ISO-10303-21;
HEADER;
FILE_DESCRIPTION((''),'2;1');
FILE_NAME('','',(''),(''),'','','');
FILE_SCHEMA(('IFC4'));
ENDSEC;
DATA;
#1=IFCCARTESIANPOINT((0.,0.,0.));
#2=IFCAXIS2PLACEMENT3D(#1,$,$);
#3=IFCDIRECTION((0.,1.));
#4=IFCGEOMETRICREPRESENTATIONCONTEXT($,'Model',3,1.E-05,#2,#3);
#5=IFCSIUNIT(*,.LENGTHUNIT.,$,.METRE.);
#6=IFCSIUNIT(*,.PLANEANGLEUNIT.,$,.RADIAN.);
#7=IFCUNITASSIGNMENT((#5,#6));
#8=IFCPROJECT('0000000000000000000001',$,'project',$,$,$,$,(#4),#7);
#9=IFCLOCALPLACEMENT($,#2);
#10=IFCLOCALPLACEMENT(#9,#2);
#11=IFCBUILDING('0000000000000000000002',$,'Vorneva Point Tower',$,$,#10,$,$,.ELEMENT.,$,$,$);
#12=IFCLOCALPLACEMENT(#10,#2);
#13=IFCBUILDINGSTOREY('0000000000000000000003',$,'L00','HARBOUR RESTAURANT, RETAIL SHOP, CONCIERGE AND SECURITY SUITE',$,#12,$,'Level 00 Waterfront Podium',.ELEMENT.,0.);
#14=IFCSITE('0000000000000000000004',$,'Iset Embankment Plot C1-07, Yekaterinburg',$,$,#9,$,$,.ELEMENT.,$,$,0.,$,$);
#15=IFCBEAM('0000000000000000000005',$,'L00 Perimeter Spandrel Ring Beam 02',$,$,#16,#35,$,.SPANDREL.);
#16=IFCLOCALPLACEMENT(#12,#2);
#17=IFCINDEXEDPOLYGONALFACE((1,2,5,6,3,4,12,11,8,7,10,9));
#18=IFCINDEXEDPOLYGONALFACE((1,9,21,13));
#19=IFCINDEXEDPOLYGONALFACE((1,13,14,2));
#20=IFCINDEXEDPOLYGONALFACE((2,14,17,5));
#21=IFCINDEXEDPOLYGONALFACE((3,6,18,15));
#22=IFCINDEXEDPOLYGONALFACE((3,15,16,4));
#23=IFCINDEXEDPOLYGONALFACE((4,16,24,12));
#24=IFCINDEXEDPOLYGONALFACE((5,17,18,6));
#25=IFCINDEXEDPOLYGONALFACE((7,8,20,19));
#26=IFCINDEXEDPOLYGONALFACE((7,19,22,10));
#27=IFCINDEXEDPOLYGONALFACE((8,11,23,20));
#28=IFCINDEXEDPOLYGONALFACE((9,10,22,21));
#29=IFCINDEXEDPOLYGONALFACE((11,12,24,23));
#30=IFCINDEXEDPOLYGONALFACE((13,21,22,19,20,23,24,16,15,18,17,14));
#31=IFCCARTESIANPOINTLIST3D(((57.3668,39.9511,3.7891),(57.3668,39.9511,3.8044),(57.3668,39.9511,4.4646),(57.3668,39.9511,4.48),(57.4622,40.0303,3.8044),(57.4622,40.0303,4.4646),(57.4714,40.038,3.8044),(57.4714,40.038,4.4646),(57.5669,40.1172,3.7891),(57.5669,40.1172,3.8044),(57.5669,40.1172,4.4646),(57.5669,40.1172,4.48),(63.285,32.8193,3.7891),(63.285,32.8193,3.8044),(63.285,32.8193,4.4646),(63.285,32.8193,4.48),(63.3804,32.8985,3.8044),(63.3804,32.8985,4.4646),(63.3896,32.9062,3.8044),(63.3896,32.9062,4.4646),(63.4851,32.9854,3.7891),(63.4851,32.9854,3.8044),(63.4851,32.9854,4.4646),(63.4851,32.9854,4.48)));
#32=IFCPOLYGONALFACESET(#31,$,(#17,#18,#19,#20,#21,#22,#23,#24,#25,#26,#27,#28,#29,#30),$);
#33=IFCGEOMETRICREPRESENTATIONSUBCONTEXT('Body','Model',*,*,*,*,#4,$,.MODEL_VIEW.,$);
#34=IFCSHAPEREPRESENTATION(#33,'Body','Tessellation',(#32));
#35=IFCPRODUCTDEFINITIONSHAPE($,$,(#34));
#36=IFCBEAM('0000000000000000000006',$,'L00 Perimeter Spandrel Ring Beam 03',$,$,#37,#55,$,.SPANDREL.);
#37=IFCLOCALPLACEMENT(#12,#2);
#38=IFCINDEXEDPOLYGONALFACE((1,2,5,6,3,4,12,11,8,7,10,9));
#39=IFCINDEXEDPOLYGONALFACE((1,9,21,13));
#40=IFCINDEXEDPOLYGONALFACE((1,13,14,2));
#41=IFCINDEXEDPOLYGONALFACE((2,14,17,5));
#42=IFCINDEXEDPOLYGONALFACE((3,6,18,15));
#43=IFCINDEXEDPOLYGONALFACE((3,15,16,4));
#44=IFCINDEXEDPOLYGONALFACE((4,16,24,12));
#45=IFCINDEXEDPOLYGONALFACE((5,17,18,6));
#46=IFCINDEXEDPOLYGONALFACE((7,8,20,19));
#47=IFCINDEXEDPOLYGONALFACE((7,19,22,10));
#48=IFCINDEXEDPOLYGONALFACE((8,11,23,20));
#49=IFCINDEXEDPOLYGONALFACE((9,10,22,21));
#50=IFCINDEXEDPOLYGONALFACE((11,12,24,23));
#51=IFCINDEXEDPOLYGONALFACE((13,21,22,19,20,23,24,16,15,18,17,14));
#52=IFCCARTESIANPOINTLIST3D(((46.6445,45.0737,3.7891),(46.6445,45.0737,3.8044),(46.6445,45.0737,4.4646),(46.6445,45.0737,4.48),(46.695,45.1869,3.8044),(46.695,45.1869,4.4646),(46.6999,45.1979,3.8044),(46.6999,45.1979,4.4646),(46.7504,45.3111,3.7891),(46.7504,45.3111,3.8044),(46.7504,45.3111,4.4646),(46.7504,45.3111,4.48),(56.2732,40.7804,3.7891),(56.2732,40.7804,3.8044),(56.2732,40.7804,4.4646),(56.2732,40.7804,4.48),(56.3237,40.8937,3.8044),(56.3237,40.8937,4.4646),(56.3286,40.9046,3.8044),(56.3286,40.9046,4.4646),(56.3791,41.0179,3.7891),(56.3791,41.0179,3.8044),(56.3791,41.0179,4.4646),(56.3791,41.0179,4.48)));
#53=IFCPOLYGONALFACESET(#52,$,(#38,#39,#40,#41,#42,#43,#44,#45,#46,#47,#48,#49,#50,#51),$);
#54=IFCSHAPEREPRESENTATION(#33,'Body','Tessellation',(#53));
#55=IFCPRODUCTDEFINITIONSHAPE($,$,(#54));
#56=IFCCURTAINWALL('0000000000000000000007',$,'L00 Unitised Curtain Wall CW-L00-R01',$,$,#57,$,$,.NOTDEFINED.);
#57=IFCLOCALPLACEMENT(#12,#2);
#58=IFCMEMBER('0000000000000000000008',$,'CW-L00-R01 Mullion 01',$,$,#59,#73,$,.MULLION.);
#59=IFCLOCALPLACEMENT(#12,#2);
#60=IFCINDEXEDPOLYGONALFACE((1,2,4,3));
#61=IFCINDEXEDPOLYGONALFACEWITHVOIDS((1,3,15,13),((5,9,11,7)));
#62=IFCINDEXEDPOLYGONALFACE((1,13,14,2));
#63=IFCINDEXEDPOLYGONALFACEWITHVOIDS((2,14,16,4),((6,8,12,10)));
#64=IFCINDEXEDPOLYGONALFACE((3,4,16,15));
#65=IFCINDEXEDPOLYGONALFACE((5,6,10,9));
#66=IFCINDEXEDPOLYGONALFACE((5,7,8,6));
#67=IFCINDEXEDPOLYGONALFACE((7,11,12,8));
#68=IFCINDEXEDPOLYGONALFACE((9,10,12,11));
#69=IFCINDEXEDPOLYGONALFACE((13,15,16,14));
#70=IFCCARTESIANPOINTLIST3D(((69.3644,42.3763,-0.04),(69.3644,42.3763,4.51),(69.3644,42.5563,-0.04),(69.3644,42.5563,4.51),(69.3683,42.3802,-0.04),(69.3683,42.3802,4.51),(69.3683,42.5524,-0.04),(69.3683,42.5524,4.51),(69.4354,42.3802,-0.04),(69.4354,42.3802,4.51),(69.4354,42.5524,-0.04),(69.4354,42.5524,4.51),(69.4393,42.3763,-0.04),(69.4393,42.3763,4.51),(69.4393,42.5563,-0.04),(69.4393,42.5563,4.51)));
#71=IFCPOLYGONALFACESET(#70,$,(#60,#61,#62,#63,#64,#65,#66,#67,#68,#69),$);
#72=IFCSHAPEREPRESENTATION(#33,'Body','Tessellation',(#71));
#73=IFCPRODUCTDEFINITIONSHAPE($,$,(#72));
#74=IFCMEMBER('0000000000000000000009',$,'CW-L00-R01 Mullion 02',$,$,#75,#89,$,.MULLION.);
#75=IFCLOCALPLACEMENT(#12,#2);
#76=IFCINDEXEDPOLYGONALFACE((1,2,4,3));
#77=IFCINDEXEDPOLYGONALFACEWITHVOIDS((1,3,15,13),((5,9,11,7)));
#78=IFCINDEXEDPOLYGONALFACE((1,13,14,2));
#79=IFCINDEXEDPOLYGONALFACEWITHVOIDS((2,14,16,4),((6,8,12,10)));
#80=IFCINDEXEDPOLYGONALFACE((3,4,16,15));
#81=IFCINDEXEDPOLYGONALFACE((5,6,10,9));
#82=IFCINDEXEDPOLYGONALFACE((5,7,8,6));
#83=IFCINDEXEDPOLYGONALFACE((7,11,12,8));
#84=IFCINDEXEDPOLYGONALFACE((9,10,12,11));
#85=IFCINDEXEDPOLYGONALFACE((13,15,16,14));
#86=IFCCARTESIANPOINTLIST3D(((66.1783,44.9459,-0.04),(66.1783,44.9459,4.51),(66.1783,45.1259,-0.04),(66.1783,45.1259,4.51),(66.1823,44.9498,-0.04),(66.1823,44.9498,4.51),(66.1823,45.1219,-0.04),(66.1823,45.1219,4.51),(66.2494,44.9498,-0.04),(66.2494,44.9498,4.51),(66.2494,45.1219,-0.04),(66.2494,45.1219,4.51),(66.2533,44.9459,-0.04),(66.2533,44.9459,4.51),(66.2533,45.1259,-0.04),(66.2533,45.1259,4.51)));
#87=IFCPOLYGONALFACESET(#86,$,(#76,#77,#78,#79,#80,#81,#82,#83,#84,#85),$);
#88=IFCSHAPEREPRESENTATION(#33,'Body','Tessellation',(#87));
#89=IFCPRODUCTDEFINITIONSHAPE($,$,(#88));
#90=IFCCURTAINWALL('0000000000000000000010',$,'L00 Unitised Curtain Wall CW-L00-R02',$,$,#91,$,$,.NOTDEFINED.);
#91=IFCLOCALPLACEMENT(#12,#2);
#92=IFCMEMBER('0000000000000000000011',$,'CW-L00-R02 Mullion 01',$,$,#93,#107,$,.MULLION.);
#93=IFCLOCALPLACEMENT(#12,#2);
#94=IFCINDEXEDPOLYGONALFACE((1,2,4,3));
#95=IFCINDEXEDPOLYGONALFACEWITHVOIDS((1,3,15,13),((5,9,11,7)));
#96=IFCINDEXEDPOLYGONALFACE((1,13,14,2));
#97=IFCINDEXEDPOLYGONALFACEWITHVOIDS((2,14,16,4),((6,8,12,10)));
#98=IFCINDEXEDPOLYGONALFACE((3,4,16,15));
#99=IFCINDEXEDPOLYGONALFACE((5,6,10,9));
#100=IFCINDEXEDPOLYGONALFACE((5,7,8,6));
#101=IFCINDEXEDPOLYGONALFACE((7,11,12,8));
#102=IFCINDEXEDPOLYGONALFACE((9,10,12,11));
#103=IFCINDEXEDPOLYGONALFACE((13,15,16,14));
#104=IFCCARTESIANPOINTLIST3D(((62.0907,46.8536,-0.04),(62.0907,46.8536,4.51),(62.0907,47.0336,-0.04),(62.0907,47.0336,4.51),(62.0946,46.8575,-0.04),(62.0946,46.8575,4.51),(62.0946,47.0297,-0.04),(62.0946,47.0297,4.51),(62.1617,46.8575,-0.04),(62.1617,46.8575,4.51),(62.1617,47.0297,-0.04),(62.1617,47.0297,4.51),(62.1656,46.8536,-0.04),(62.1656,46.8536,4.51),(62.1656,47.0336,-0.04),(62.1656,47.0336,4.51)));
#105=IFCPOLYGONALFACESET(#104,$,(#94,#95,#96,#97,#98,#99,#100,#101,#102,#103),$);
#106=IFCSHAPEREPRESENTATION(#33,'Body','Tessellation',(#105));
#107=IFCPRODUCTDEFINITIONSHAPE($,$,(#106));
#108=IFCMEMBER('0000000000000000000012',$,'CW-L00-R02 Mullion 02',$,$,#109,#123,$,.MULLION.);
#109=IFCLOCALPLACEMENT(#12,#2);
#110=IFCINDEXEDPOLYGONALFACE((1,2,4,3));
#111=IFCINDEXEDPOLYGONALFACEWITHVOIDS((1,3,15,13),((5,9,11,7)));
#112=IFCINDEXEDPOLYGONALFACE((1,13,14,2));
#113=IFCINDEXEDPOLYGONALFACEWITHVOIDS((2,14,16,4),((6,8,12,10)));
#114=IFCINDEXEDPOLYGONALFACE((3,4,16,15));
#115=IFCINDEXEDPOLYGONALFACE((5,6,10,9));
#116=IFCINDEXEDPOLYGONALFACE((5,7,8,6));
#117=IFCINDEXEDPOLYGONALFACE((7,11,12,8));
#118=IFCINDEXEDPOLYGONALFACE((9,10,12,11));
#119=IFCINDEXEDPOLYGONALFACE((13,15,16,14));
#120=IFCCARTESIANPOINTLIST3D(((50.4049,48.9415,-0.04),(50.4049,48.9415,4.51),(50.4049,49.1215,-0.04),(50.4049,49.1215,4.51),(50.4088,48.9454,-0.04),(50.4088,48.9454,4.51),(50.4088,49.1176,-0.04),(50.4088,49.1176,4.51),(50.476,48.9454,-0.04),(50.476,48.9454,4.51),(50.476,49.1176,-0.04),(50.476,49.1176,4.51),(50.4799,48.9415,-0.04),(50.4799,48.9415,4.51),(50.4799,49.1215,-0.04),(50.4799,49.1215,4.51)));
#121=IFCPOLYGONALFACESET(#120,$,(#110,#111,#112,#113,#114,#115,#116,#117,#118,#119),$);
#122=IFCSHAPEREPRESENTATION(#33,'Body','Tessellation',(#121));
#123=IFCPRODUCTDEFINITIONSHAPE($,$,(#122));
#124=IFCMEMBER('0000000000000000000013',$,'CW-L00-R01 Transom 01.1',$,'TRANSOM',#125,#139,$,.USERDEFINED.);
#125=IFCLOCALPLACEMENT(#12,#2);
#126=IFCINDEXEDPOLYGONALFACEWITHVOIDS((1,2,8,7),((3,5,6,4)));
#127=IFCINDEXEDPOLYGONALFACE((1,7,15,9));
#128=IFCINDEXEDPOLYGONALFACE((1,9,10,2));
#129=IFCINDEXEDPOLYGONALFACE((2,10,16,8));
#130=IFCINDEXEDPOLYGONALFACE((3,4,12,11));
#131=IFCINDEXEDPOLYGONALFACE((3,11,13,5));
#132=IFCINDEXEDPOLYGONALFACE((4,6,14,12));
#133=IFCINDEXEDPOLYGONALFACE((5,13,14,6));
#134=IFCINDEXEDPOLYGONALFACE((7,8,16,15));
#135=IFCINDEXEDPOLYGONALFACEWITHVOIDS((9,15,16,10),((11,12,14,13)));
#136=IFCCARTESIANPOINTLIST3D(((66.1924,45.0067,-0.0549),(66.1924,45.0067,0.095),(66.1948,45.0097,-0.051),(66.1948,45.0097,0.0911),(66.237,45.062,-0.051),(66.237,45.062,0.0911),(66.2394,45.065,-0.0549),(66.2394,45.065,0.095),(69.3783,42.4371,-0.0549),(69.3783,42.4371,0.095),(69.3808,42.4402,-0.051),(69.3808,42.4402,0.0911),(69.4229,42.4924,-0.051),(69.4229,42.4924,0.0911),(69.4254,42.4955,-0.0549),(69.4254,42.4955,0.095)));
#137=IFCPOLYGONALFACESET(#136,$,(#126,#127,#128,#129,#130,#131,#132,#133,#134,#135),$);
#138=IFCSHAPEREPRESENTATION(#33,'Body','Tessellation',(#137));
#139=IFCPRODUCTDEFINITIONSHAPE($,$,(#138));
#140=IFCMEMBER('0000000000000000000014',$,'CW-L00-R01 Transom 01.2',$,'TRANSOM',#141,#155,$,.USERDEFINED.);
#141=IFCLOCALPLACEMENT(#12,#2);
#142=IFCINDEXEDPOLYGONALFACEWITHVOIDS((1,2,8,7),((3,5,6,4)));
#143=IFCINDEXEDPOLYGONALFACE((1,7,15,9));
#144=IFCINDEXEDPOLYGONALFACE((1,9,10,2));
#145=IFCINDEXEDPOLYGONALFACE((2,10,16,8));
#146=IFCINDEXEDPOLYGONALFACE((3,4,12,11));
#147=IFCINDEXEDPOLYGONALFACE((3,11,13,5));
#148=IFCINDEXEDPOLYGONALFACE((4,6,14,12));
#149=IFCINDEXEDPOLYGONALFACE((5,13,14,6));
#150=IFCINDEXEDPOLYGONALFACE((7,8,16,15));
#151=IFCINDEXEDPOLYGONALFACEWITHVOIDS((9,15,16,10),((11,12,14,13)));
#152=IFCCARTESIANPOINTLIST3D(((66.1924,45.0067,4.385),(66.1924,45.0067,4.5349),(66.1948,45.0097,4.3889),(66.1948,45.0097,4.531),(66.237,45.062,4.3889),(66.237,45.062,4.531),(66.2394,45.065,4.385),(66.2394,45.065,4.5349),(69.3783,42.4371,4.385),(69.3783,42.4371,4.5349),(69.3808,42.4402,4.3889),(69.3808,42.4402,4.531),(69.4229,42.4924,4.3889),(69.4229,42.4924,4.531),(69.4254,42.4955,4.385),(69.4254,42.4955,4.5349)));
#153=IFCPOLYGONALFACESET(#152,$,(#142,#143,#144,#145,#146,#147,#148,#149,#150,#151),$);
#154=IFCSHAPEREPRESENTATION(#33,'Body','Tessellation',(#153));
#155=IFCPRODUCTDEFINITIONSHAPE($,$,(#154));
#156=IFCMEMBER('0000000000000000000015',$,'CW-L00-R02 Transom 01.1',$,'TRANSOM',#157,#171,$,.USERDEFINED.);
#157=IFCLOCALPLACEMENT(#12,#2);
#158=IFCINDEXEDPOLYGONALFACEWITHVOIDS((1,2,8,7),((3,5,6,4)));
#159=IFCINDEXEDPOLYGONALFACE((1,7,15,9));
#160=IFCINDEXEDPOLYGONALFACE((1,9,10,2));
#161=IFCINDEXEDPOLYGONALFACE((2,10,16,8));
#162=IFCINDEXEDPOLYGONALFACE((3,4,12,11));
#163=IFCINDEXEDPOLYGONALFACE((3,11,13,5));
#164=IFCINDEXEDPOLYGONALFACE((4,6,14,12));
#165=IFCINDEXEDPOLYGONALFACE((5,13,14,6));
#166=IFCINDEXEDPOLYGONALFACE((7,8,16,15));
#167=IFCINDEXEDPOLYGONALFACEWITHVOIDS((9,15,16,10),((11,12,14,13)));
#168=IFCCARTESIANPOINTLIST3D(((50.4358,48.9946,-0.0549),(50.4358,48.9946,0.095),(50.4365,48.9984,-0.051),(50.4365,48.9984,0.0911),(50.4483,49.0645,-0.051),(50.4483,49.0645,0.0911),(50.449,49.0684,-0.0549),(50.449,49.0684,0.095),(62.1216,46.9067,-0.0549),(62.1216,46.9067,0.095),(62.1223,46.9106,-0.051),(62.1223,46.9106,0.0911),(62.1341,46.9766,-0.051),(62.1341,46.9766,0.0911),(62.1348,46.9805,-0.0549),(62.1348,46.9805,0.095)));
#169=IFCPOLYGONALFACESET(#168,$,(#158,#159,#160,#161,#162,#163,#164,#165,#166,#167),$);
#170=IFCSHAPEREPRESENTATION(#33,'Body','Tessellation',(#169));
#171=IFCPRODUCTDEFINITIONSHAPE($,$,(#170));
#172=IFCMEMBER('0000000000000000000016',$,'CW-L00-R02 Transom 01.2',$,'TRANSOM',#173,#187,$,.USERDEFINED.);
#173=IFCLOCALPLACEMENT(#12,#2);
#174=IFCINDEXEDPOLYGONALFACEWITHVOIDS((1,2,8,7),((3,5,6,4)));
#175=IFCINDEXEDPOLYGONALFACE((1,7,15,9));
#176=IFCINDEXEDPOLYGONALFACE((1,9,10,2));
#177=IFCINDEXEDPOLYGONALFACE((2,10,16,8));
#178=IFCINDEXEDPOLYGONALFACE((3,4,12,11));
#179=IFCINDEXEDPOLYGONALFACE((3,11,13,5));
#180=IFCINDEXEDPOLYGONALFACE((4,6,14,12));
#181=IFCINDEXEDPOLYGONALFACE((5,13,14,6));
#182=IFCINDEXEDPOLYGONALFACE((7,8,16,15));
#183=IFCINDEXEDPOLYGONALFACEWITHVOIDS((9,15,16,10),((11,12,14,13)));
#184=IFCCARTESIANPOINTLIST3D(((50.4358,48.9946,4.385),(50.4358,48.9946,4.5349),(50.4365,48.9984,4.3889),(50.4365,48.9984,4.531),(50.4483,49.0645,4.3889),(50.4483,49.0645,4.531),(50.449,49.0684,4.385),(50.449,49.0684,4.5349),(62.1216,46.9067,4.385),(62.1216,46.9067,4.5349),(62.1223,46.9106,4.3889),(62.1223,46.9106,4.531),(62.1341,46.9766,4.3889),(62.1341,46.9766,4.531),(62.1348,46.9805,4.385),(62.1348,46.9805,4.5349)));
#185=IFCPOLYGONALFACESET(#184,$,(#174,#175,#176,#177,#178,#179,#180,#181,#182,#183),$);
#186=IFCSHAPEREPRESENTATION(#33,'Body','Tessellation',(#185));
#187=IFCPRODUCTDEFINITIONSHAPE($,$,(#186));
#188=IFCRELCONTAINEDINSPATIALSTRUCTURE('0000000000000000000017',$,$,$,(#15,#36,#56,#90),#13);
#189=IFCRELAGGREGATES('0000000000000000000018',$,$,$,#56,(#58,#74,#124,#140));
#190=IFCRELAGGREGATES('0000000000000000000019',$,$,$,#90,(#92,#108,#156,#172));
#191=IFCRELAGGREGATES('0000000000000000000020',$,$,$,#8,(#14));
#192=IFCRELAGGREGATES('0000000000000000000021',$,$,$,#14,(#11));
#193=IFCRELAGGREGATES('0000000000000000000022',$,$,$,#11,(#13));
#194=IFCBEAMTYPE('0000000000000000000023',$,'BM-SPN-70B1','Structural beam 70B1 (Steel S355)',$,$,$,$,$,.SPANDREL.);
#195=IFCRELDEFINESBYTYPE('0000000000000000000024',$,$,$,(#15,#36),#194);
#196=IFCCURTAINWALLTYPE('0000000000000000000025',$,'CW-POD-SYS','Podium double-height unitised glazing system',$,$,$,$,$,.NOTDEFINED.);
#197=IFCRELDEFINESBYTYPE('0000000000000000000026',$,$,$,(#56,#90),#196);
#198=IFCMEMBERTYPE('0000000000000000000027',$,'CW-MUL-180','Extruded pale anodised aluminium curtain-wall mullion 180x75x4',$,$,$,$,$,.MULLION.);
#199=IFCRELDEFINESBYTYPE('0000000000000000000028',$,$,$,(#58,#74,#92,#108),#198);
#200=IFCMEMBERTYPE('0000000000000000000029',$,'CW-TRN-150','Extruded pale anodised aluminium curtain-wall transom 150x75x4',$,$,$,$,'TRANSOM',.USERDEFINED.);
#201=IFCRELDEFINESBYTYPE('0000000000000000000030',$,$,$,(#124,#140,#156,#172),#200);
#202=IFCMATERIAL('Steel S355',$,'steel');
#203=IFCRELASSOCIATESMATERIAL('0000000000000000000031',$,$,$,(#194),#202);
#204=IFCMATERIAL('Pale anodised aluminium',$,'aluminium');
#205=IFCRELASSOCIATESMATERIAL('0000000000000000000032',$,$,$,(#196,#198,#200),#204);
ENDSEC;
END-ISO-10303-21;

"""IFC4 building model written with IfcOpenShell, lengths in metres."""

from ifc_helpers import new_model, si_unit, direction, frame, origin, origin_2d, place, context, subcontext, project, spatial, hollow_rectangle, i_section, extrude, material, material_profile, profile_set, type_object, element, aggregate, save


model = new_model("IFC4")

# Units and contexts
model_context = context("Model", 3, precision=1e-05, world=origin(), true_north=direction((0.0, 1.0)))
body_context = subcontext(model_context, "Body", "Model", "MODEL_VIEW")
ifc_project = project(units=[si_unit("LENGTHUNIT", "METRE"), si_unit("PLANEANGLEUNIT", "RADIAN")], contexts=[model_context])

# Site, building, storey
site_placement = place(None, origin())
site = spatial("IfcSite", under=ifc_project, at=site_placement, Name="Iset Embankment Plot C1-07, Yekaterinburg", CompositionType="ELEMENT", RefElevation=0.0)
building_placement = place(site_placement, origin())
building = spatial("IfcBuilding", under=site, at=building_placement, Name="Vorneva Point Tower", CompositionType="ELEMENT")
storey_placement = place(building_placement, origin())
storey = spatial("IfcBuildingStorey", under=building, at=storey_placement, Name="L00", Description="HARBOUR RESTAURANT, RETAIL SHOP, CONCIERGE AND SECURITY SUITE", LongName="Level 00 Waterfront Podium", CompositionType="ELEMENT", Elevation=0.0)

# Beams
ifc_material_1 = material(Name="Steel S355", Category="steel")
ifc_material_profile_1 = material_profile(ifc_material_1, i_section(OverallWidth=0.26, OverallDepth=0.6909, WebThickness=0.012, FlangeThickness=0.0154, at=origin_2d()), Name="70B1")
ifc_profile_set_1 = profile_set([ifc_material_profile_1], Name="Steel S355")
beam_type_1 = type_object("IfcBeamType", Name="BM-SPN-70B1", Description="Structural beam 70B1 (Steel S355)", PredefinedType="SPANDREL", material=ifc_profile_set_1)
beam_1_placement = place(storey_placement, frame((63.385, 32.9023, 4.1345), z_axis=(-0.638592, 0.769545, 0.0), x_axis=(-0.769545, -0.638592, 0.0)))
element("IfcBeam", 1, at=beam_1_placement, inside=storey, type_object=beam_type_1, Name="L00 Perimeter Spandrel Ring Beam 02", PredefinedType="SPANDREL", context=body_context, shape_type="SweptSolid", body=[
    extrude(i_section(OverallWidth=0.26, OverallDepth=0.6909, WebThickness=0.012, FlangeThickness=0.0154, at=origin_2d()), origin(), (0.0, 0.0, 1.0), 9.2676),
])
beam_2_placement = place(storey_placement, frame((56.3262, 40.8992, 4.1345), z_axis=(-0.913325, 0.407232, 0.0), x_axis=(-0.407232, -0.913325, 0.0)))
element("IfcBeam", 2, at=beam_2_placement, inside=storey, type_object=beam_type_1, Name="L00 Perimeter Spandrel Ring Beam 03", PredefinedType="SPANDREL", context=body_context, shape_type="SweptSolid", body=[
    extrude(i_section(OverallWidth=0.26, OverallDepth=0.6909, WebThickness=0.012, FlangeThickness=0.0154, at=origin_2d()), origin(), (0.0, 0.0, 1.0), 10.5425),
])

# Curtain walls, members
ifc_material_2 = material(Name="Pale anodised aluminium", Category="aluminium")
curtain_wall_type = type_object("IfcCurtainWallType", Name="CW-POD-SYS", Description="Podium double-height unitised glazing system", PredefinedType="NOTDEFINED", material=ifc_material_2)
curtain_wall_1_placement = place(storey_placement, origin())
curtain_wall_1 = element("IfcCurtainWall", 3, at=curtain_wall_1_placement, inside=storey, type_object=curtain_wall_type, Name="L00 Unitised Curtain Wall CW-L00-R01", PredefinedType="NOTDEFINED")
ifc_material_profile_2 = material_profile(ifc_material_2, hollow_rectangle(XDim=0.075, YDim=0.1799, WallThickness=0.0039, at=origin_2d()), Name="AL-MUL 180x75x4")
ifc_profile_set_2 = profile_set([ifc_material_profile_2], Name="Pale anodised aluminium")
member_type_1 = type_object("IfcMemberType", Name="CW-MUL-180", Description="Extruded pale anodised aluminium curtain-wall mullion 180x75x4", PredefinedType="MULLION", material=ifc_profile_set_2)
member_1_placement = place(storey_placement, frame((69.4019, 42.4663, -0.04), z_axis=(0.0, 0.0, 1.0), x_axis=(1.0, 0.0, 0.0)))
member_1 = element("IfcMember", 4, at=member_1_placement, type_object=member_type_1, Name="CW-L00-R01 Mullion 01", PredefinedType="MULLION", context=body_context, shape_type="SweptSolid", body=[
    extrude(hollow_rectangle(XDim=0.075, YDim=0.1799, WallThickness=0.0039, at=origin_2d()), origin(), (0.0, 0.0, 1.0), 4.55),
])
member_2_placement = place(storey_placement, frame((66.2158, 45.0359, -0.04), z_axis=(0.0, 0.0, 1.0), x_axis=(1.0, 0.0, 0.0)))
member_2 = element("IfcMember", 5, at=member_2_placement, type_object=member_type_1, Name="CW-L00-R01 Mullion 02", PredefinedType="MULLION", context=body_context, shape_type="SweptSolid", body=[
    extrude(hollow_rectangle(XDim=0.075, YDim=0.1799, WallThickness=0.0039, at=origin_2d()), origin(), (0.0, 0.0, 1.0), 4.55),
])
curtain_wall_2_placement = place(storey_placement, origin())
curtain_wall_2 = element("IfcCurtainWall", 6, at=curtain_wall_2_placement, inside=storey, type_object=curtain_wall_type, Name="L00 Unitised Curtain Wall CW-L00-R02", PredefinedType="NOTDEFINED")
member_3_placement = place(storey_placement, frame((62.1282, 46.9436, -0.04), z_axis=(0.0, 0.0, 1.0), x_axis=(1.0, 0.0, 0.0)))
member_3 = element("IfcMember", 7, at=member_3_placement, type_object=member_type_1, Name="CW-L00-R02 Mullion 01", PredefinedType="MULLION", context=body_context, shape_type="SweptSolid", body=[
    extrude(hollow_rectangle(XDim=0.075, YDim=0.1799, WallThickness=0.0039, at=origin_2d()), origin(), (0.0, 0.0, 1.0), 4.55),
])
member_4_placement = place(storey_placement, frame((50.4424, 49.0315, -0.04), z_axis=(0.0, 0.0, 1.0), x_axis=(1.0, 0.0, 0.0)))
member_4 = element("IfcMember", 8, at=member_4_placement, type_object=member_type_1, Name="CW-L00-R02 Mullion 02", PredefinedType="MULLION", context=body_context, shape_type="SweptSolid", body=[
    extrude(hollow_rectangle(XDim=0.075, YDim=0.1799, WallThickness=0.0039, at=origin_2d()), origin(), (0.0, 0.0, 1.0), 4.55),
])

# Members
ifc_material_profile_3 = material_profile(ifc_material_2, hollow_rectangle(XDim=0.075, YDim=0.1499, WallThickness=0.0039, at=origin_2d()), Name="AL-TRN 150x75x4")
ifc_profile_set_3 = profile_set([ifc_material_profile_3], Name="Pale anodised aluminium")
member_type_2 = type_object("IfcMemberType", Name="CW-TRN-150", Description="Extruded pale anodised aluminium curtain-wall transom 150x75x4", ElementType="TRANSOM", PredefinedType="USERDEFINED", material=ifc_profile_set_3)
member_5_placement = place(storey_placement, frame((69.4019, 42.4663, 0.02), z_axis=(-0.77839, 0.627782, 0.0), x_axis=(-0.627782, -0.77839, 0.0)))
member_5 = element("IfcMember", 9, at=member_5_placement, type_object=member_type_2, Name="CW-L00-R01 Transom 01.1", ObjectType="TRANSOM", PredefinedType="USERDEFINED", context=body_context, shape_type="SweptSolid", body=[
    extrude(hollow_rectangle(XDim=0.075, YDim=0.1499, WallThickness=0.0039, at=origin_2d()), origin(), (0.0, 0.0, 1.0), 4.093),
])
member_6_placement = place(storey_placement, frame((69.4019, 42.4663, 4.46), z_axis=(-0.77839, 0.627782, 0.0), x_axis=(-0.627782, -0.77839, 0.0)))
member_6 = element("IfcMember", 10, at=member_6_placement, type_object=member_type_2, Name="CW-L00-R01 Transom 01.2", ObjectType="TRANSOM", PredefinedType="USERDEFINED", context=body_context, shape_type="SweptSolid", body=[
    extrude(hollow_rectangle(XDim=0.075, YDim=0.1499, WallThickness=0.0039, at=origin_2d()), origin(), (0.0, 0.0, 1.0), 4.093),
])
member_7_placement = place(storey_placement, frame((62.1282, 46.9436, 0.02), z_axis=(-0.984411, 0.175884, 0.0), x_axis=(-0.175884, -0.984411, 0.0)))
member_7 = element("IfcMember", 11, at=member_7_placement, type_object=member_type_2, Name="CW-L00-R02 Transom 01.1", ObjectType="TRANSOM", PredefinedType="USERDEFINED", context=body_context, shape_type="SweptSolid", body=[
    extrude(hollow_rectangle(XDim=0.075, YDim=0.1499, WallThickness=0.0039, at=origin_2d()), origin(), (0.0, 0.0, 1.0), 11.8708),
])
member_8_placement = place(storey_placement, frame((62.1282, 46.9436, 4.46), z_axis=(-0.984411, 0.175884, 0.0), x_axis=(-0.175884, -0.984411, 0.0)))
member_8 = element("IfcMember", 12, at=member_8_placement, type_object=member_type_2, Name="CW-L00-R02 Transom 01.2", ObjectType="TRANSOM", PredefinedType="USERDEFINED", context=body_context, shape_type="SweptSolid", body=[
    extrude(hollow_rectangle(XDim=0.075, YDim=0.1499, WallThickness=0.0039, at=origin_2d()), origin(), (0.0, 0.0, 1.0), 11.8708),
])

aggregate(curtain_wall_1, [member_1, member_2, member_5, member_6])
aggregate(curtain_wall_2, [member_3, member_4, member_7, member_8])

save(model, "model.ifc")
